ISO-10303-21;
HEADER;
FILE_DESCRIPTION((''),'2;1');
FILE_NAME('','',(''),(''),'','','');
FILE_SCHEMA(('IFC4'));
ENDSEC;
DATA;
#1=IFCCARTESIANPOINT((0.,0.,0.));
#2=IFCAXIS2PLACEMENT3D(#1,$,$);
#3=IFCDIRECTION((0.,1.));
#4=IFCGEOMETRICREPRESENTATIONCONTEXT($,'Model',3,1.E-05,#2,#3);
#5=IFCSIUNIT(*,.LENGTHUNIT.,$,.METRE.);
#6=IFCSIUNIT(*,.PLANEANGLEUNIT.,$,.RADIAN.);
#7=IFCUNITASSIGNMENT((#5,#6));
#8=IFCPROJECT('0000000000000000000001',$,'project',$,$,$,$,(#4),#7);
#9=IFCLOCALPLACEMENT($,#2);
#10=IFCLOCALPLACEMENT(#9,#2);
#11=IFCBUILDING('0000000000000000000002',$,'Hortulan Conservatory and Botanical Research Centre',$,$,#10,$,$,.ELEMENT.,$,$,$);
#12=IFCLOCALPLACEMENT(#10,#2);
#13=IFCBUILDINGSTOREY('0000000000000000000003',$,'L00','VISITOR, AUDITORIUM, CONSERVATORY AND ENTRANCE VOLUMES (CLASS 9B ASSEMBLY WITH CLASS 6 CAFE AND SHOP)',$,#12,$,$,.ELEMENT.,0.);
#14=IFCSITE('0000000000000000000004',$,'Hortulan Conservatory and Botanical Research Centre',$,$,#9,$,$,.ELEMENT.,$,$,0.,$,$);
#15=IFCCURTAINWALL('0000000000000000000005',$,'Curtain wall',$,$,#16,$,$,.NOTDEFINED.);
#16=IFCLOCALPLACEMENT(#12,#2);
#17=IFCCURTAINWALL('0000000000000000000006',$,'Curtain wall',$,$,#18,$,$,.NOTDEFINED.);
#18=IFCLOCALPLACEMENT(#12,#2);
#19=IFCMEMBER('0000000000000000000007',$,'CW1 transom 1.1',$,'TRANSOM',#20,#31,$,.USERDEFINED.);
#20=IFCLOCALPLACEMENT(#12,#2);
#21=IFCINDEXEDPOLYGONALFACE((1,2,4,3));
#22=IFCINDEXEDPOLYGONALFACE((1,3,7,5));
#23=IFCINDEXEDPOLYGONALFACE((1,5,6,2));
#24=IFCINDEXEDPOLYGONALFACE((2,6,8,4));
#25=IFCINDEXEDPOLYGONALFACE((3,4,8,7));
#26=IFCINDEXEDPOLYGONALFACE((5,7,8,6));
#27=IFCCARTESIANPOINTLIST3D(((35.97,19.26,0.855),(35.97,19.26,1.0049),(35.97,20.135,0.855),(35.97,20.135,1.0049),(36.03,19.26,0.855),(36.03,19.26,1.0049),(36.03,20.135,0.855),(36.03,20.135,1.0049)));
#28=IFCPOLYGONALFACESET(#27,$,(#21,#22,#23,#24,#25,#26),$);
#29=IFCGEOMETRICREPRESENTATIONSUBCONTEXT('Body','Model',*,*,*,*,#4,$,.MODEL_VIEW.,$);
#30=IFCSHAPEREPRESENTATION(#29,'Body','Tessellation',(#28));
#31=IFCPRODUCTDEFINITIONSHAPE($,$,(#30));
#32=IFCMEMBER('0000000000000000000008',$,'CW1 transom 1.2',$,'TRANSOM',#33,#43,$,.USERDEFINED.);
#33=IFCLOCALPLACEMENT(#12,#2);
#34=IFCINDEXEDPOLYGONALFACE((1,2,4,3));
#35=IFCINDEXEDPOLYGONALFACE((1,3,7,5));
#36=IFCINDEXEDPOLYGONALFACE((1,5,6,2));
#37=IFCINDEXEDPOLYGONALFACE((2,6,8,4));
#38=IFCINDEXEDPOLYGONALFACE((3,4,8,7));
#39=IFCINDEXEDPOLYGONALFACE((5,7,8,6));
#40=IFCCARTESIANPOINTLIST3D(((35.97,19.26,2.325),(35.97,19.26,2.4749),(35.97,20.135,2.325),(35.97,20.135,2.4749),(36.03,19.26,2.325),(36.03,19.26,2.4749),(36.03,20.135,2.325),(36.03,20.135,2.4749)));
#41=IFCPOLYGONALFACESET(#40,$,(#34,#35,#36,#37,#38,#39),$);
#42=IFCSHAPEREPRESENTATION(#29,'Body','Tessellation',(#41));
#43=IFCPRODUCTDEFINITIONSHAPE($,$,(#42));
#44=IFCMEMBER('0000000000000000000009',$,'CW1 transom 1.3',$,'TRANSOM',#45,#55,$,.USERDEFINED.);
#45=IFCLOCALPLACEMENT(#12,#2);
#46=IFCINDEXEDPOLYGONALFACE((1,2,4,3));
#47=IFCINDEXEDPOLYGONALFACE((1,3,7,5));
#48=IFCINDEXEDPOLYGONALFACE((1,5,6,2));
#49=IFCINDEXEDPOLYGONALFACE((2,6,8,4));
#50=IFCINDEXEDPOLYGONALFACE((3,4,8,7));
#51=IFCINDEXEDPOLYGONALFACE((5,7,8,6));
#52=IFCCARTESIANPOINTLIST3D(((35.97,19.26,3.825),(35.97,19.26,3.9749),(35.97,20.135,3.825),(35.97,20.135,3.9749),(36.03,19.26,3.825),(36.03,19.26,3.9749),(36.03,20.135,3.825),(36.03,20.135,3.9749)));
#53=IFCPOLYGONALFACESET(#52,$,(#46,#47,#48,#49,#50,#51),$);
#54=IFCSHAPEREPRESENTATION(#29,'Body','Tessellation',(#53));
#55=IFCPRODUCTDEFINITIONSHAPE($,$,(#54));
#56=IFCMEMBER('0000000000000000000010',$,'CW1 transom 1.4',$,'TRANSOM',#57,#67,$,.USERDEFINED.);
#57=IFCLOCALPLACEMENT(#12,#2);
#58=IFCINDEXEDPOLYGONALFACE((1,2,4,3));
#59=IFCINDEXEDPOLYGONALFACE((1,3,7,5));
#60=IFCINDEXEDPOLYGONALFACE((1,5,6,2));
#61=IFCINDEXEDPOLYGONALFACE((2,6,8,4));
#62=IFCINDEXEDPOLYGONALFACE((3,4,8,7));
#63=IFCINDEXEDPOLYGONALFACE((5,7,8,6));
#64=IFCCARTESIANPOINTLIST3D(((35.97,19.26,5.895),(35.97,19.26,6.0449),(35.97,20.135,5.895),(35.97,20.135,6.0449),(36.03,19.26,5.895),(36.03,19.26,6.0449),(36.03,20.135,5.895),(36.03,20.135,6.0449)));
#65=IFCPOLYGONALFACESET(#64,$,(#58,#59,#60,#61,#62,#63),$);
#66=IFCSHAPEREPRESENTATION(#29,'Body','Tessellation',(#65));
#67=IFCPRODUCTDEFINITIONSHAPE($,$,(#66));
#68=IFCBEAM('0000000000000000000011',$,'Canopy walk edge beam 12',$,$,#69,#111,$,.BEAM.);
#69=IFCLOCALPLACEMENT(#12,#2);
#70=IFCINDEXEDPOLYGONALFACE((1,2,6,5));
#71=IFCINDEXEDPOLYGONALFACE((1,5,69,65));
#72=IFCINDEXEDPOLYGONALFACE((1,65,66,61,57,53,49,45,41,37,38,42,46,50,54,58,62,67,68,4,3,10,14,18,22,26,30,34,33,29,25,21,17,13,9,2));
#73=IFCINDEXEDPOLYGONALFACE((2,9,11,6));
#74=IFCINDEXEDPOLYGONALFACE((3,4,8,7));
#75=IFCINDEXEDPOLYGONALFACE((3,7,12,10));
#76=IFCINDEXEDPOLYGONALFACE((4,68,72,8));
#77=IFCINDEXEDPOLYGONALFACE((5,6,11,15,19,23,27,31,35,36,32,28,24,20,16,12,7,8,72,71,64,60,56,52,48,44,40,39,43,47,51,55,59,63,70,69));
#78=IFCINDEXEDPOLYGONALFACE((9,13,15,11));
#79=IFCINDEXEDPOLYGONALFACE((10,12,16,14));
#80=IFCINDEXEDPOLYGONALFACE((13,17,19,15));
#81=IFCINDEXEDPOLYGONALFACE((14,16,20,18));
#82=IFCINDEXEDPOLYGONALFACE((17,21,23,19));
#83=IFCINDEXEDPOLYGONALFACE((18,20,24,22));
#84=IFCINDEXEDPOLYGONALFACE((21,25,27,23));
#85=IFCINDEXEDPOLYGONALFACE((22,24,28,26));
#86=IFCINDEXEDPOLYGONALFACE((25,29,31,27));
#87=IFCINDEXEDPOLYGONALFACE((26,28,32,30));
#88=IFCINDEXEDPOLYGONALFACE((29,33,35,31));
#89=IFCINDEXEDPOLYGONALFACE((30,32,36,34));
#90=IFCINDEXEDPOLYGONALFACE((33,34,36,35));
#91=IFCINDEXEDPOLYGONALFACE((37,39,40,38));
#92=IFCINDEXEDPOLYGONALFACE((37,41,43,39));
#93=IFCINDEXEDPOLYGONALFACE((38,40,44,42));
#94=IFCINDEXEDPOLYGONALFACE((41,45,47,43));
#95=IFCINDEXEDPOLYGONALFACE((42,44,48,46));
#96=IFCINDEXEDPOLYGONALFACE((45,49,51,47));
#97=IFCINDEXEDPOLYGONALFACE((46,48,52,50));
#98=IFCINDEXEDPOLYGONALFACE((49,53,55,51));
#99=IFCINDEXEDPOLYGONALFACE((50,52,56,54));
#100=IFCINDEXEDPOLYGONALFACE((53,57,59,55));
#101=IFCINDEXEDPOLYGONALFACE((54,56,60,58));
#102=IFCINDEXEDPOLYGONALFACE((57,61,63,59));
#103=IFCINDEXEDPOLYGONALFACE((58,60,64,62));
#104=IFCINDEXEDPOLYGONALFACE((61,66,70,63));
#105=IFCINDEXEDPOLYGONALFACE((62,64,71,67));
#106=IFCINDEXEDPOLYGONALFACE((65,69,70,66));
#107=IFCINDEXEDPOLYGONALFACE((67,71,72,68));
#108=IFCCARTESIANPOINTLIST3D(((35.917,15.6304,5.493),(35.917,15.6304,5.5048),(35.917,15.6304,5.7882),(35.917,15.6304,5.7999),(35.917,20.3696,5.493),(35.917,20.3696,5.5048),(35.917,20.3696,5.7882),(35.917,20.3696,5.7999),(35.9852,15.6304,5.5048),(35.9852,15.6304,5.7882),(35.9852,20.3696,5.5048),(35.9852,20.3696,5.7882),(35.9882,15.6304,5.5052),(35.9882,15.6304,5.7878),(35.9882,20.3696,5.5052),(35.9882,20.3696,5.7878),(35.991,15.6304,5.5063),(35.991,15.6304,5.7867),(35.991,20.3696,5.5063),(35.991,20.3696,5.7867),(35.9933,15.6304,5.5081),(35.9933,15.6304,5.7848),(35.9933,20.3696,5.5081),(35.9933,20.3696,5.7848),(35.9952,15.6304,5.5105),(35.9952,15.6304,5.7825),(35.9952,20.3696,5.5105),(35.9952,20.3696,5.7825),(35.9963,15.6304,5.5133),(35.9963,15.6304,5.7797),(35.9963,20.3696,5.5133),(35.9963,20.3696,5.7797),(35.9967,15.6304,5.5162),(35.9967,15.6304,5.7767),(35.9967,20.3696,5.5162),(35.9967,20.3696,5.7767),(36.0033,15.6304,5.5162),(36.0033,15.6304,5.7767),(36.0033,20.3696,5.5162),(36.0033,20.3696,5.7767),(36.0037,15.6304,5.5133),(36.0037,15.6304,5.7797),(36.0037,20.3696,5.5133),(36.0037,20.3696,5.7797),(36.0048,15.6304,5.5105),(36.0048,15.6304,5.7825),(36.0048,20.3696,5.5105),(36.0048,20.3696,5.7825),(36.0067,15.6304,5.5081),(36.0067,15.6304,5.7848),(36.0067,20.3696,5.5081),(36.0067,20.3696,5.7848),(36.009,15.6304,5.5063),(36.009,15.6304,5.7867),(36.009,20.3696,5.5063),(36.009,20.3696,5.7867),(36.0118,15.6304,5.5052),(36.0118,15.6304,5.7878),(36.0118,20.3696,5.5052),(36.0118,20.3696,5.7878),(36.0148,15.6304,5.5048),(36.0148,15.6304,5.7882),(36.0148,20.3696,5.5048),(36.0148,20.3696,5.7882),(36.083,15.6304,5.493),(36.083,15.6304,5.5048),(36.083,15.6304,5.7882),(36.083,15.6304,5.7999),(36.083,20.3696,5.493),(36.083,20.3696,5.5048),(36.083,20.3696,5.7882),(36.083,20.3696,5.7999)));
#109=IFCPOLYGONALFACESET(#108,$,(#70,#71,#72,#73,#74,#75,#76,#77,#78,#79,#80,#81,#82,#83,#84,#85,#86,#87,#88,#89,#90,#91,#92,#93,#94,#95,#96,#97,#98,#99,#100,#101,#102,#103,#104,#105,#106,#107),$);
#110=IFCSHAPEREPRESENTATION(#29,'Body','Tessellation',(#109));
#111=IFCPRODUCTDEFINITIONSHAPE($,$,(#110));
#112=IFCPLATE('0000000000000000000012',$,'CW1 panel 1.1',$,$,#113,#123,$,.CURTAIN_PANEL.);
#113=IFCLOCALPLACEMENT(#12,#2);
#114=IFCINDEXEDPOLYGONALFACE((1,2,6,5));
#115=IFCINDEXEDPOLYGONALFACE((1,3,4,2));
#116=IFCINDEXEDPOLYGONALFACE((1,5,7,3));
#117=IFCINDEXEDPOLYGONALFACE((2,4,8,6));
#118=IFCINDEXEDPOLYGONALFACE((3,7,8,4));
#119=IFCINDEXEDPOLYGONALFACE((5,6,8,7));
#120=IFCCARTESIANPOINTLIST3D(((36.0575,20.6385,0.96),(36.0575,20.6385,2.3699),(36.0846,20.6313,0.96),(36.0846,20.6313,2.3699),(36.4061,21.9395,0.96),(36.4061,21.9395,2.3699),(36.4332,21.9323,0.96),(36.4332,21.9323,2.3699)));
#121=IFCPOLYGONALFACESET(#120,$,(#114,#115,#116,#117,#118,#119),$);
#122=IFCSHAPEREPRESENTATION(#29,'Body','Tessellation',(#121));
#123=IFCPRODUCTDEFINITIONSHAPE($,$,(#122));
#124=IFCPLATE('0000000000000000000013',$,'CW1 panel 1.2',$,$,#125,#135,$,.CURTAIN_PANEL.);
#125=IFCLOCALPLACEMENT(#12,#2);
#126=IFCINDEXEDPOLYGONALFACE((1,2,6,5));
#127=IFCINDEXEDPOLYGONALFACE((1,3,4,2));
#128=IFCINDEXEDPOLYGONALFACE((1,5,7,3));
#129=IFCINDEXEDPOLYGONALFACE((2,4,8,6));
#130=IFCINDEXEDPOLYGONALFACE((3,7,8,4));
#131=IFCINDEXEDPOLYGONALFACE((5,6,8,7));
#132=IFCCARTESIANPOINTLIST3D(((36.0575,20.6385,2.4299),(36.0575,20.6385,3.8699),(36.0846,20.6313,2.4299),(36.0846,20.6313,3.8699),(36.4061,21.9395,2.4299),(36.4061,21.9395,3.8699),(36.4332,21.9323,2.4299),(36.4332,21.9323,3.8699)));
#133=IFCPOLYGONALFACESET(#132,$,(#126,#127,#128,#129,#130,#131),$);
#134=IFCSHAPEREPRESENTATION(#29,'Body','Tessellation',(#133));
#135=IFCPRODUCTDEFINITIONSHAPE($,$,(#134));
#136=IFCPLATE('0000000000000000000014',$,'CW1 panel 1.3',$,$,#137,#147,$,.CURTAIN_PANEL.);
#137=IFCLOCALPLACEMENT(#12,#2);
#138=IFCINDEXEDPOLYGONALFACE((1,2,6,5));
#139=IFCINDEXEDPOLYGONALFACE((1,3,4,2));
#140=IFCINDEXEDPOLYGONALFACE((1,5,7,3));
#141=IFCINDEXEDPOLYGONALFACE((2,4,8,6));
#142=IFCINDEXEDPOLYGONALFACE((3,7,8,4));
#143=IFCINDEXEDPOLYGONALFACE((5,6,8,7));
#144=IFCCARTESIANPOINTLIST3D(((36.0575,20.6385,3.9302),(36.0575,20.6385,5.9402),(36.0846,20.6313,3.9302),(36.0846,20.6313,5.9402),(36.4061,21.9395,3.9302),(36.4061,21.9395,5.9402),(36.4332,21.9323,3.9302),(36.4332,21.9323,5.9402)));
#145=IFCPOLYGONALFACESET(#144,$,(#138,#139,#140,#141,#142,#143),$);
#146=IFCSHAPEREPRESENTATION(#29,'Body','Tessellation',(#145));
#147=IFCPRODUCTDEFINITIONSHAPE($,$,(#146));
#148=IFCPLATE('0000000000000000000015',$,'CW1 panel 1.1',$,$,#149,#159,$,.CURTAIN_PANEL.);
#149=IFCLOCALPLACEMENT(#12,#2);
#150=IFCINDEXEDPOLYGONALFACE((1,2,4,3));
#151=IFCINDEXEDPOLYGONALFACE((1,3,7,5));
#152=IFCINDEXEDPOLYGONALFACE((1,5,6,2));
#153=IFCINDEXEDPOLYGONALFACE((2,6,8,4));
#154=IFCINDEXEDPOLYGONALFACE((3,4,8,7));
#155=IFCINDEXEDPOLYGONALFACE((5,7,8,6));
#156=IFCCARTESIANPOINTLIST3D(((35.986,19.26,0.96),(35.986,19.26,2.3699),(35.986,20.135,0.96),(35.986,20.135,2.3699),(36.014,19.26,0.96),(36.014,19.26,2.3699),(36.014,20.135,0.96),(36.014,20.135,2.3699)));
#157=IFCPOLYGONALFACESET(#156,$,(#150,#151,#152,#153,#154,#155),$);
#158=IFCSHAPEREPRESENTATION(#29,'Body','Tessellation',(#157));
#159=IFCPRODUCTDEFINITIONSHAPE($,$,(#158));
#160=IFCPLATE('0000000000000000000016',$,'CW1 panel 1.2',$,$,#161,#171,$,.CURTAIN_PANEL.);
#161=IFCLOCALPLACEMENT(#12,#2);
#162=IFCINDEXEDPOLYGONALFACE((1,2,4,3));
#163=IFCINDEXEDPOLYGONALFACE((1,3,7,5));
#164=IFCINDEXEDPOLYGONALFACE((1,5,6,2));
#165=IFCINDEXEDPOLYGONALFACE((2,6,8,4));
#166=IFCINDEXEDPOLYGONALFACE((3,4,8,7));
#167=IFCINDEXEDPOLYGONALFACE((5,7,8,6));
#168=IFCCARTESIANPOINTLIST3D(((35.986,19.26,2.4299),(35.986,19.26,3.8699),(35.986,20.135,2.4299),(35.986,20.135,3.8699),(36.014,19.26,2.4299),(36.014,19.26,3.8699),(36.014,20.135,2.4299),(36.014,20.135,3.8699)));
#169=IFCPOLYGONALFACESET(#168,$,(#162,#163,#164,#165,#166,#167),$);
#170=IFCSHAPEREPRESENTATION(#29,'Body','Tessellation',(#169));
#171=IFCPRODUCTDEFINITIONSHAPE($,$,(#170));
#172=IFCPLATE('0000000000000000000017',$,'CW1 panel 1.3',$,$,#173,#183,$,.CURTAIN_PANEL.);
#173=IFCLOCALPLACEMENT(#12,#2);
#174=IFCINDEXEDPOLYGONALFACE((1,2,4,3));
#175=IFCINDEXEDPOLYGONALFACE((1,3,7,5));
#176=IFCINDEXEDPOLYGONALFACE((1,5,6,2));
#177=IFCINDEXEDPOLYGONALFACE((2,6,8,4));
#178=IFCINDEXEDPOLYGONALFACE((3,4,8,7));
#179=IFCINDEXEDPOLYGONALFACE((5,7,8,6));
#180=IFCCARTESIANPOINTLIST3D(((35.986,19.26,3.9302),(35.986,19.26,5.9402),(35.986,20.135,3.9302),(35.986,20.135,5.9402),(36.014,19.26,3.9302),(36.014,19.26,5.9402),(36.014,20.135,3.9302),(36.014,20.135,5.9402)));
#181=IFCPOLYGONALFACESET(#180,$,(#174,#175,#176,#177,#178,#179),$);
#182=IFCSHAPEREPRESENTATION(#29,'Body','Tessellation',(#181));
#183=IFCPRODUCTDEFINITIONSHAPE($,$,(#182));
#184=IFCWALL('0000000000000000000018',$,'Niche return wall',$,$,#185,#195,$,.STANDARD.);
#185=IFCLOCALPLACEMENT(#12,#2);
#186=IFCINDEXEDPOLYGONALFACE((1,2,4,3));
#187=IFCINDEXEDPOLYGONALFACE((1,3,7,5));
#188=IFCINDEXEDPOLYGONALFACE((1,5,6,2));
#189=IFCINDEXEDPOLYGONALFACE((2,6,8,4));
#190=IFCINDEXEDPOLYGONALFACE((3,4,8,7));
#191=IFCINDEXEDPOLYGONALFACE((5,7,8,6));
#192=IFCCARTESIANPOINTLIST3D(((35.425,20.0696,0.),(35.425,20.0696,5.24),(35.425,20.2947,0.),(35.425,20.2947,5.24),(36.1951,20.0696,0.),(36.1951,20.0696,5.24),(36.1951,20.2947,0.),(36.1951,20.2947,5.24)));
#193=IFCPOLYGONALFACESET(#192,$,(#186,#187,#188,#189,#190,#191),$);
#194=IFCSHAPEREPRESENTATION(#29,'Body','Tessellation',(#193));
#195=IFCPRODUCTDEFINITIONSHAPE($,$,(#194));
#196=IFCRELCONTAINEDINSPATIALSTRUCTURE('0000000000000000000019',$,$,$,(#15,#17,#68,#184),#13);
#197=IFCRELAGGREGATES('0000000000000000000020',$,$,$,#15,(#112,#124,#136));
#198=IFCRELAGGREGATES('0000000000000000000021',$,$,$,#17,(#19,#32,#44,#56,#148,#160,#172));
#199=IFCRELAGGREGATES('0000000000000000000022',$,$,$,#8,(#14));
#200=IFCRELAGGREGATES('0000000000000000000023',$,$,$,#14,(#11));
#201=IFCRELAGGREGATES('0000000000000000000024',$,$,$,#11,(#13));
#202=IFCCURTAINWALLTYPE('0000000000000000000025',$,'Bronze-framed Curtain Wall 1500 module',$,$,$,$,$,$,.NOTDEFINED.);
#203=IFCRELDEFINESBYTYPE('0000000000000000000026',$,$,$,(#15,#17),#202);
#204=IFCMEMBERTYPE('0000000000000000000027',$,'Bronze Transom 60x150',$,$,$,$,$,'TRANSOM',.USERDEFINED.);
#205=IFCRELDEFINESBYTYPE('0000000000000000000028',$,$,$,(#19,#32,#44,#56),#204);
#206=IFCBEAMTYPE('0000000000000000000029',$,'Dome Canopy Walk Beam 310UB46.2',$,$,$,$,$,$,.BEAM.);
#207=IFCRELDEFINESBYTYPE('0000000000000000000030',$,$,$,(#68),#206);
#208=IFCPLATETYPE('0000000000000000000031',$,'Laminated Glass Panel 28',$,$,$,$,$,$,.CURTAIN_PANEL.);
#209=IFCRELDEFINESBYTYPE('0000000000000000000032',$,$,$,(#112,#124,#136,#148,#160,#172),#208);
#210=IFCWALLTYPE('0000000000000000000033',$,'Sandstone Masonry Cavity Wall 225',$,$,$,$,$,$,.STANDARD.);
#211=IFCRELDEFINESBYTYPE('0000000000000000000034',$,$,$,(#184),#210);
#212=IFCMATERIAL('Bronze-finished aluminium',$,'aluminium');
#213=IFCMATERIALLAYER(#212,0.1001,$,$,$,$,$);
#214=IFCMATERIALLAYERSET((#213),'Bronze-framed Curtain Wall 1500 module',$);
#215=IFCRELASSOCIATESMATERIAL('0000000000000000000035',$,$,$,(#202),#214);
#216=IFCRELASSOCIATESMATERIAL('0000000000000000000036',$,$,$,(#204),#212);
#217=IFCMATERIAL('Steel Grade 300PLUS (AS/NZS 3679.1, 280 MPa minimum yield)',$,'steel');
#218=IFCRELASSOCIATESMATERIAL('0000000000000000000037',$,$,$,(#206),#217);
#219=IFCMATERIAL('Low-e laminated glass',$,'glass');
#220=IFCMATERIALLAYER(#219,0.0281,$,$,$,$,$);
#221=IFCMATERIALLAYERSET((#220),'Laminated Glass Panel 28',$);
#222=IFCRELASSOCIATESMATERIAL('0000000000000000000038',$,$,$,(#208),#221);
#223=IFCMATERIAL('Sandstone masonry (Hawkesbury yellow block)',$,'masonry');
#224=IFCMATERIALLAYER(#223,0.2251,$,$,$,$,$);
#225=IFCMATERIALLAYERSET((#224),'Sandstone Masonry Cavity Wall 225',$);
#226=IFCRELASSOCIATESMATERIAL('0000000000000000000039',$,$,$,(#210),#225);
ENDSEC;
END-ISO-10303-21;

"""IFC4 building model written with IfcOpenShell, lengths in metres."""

from ifc_helpers import new_model, si_unit, direction, frame, frame_2d, origin, origin_2d, place, context, subcontext, project, spatial, rectangle, i_section, extrude, material, layer, layer_set, material_profile, profile_set, type_object, element, aggregate, save


model = new_model("IFC4")

# Units and contexts
model_context = context("Model", 3, precision=1e-05, world=origin(), true_north=direction((0.0, 1.0)))
body_context = subcontext(model_context, "Body", "Model", "MODEL_VIEW")
ifc_project = project(units=[si_unit("LENGTHUNIT", "METRE"), si_unit("PLANEANGLEUNIT", "RADIAN")], contexts=[model_context])

# Site, building, storey
site_placement = place(None, origin())
site = spatial("IfcSite", under=ifc_project, at=site_placement, Name="Hortulan Conservatory and Botanical Research Centre", CompositionType="ELEMENT", RefElevation=0.0)
building_placement = place(site_placement, origin())
building = spatial("IfcBuilding", under=site, at=building_placement, Name="Hortulan Conservatory and Botanical Research Centre", CompositionType="ELEMENT")
storey_placement = place(building_placement, origin())
storey = spatial("IfcBuildingStorey", under=building, at=storey_placement, Name="L00", Description="VISITOR, AUDITORIUM, CONSERVATORY AND ENTRANCE VOLUMES (CLASS 9B ASSEMBLY WITH CLASS 6 CAFE AND SHOP)", CompositionType="ELEMENT", Elevation=0.0)

# Curtain walls
ifc_material_1 = material(Name="Bronze-finished aluminium", Category="aluminium")
ifc_layer_1 = layer(ifc_material_1, 0.1001)
ifc_layer_set_1 = layer_set([ifc_layer_1], Name="Bronze-framed Curtain Wall 1500 module")
curtain_wall_type = type_object("IfcCurtainWallType", Name="Bronze-framed Curtain Wall 1500 module", PredefinedType="NOTDEFINED", material=ifc_layer_set_1)
curtain_wall_1_placement = place(storey_placement, origin())
curtain_wall_1 = element("IfcCurtainWall", 1, at=curtain_wall_1_placement, inside=storey, type_object=curtain_wall_type, Name="Curtain wall", PredefinedType="NOTDEFINED")
curtain_wall_2_placement = place(storey_placement, origin())
curtain_wall_2 = element("IfcCurtainWall", 2, at=curtain_wall_2_placement, inside=storey, type_object=curtain_wall_type, Name="Curtain wall", PredefinedType="NOTDEFINED")

# Members
ifc_material_profile_1 = material_profile(ifc_material_1, rectangle(XDim=0.0601, YDim=0.1499, at=origin_2d()), Name="Bronze Transom 60x150")
ifc_profile_set_1 = profile_set([ifc_material_profile_1], Name="Bronze-finished aluminium")
member_type_1 = type_object("IfcMemberType", Name="Bronze Transom 60x150", ElementType="TRANSOM", PredefinedType="USERDEFINED", material=ifc_profile_set_1)
member_1_placement = place(storey_placement, frame((36.0, 19.26, 0.9299), z_axis=(0.0, 1.0, 0.0), x_axis=(-1.0, 0.0, 0.0)))
member_1 = element("IfcMember", 3, at=member_1_placement, type_object=member_type_1, Name="CW1 transom 1.1", ObjectType="TRANSOM", PredefinedType="USERDEFINED", context=body_context, shape_type="SweptSolid", body=[
    extrude(rectangle(XDim=0.0601, YDim=0.1499, at=origin_2d()), origin(), (0.0, 0.0, 1.0), 0.875),
])
member_2_placement = place(storey_placement, frame((36.0, 19.26, 2.3999), z_axis=(0.0, 1.0, 0.0), x_axis=(-1.0, 0.0, 0.0)))
member_2 = element("IfcMember", 4, at=member_2_placement, type_object=member_type_1, Name="CW1 transom 1.2", ObjectType="TRANSOM", PredefinedType="USERDEFINED", context=body_context, shape_type="SweptSolid", body=[
    extrude(rectangle(XDim=0.0601, YDim=0.1499, at=origin_2d()), origin(), (0.0, 0.0, 1.0), 0.875),
])
member_3_placement = place(storey_placement, frame((36.0, 19.26, 3.8999), z_axis=(0.0, 1.0, 0.0), x_axis=(-1.0, 0.0, 0.0)))
member_3 = element("IfcMember", 5, at=member_3_placement, type_object=member_type_1, Name="CW1 transom 1.3", ObjectType="TRANSOM", PredefinedType="USERDEFINED", context=body_context, shape_type="SweptSolid", body=[
    extrude(rectangle(XDim=0.0601, YDim=0.1499, at=origin_2d()), origin(), (0.0, 0.0, 1.0), 0.875),
])
member_4_placement = place(storey_placement, frame((36.0, 19.26, 5.97), z_axis=(0.0, 1.0, 0.0), x_axis=(-1.0, 0.0, 0.0)))
member_4 = element("IfcMember", 6, at=member_4_placement, type_object=member_type_1, Name="CW1 transom 1.4", ObjectType="TRANSOM", PredefinedType="USERDEFINED", context=body_context, shape_type="SweptSolid", body=[
    extrude(rectangle(XDim=0.0601, YDim=0.1499, at=origin_2d()), origin(), (0.0, 0.0, 1.0), 0.875),
])

# Beam
ifc_material_2 = material(Name="Steel Grade 300PLUS (AS/NZS 3679.1, 280 MPa minimum yield)", Category="steel")
ifc_material_profile_2 = material_profile(ifc_material_2, i_section(OverallWidth=0.166, OverallDepth=0.3069, WebThickness=0.0066, FlangeThickness=0.0117, FilletRadius=0.0115, at=origin_2d()), Name="310UB46.2")
ifc_profile_set_2 = profile_set([ifc_material_profile_2], Name="Steel Grade 300PLUS (AS/NZS 3679.1, 280 MPa minimum yield)")
beam_type = type_object("IfcBeamType", Name="Dome Canopy Walk Beam 310UB46.2", PredefinedType="BEAM", material=ifc_profile_set_2)
beam_placement = place(storey_placement, frame((36.0, 20.3696, 5.6465), z_axis=(0.0, -1.0, 0.0), x_axis=(1.0, 0.0, 0.0)))
element("IfcBeam", 7, at=beam_placement, inside=storey, type_object=beam_type, Name="Canopy walk edge beam 12", PredefinedType="BEAM", context=body_context, shape_type="SweptSolid", body=[
    extrude(i_section(OverallWidth=0.166, OverallDepth=0.3069, WebThickness=0.0066, FlangeThickness=0.0117, FilletRadius=0.0115, at=origin_2d()), origin(), (0.0, 0.0, 1.0), 4.7393),
])

# Plates
ifc_material_3 = material(Name="Low-e laminated glass", Category="glass")
ifc_layer_2 = layer(ifc_material_3, 0.0281)
ifc_layer_set_2 = layer_set([ifc_layer_2], Name="Laminated Glass Panel 28")
plate_type = type_object("IfcPlateType", Name="Laminated Glass Panel 28", PredefinedType="CURTAIN_PANEL", material=ifc_layer_set_2)
plate_1_placement = place(storey_placement, frame((36.2454, 21.2854, 0.96), z_axis=(0.0, 0.0, 1.0), x_axis=(0.258832, 0.965922, 0.0)))
plate_1 = element("IfcPlate", 8, at=plate_1_placement, type_object=plate_type, Name="CW1 panel 1.1", PredefinedType="CURTAIN_PANEL", context=body_context, shape_type="SweptSolid", body=[
    extrude(rectangle(XDim=1.3469, YDim=0.0281, at=origin_2d()), origin(), (0.0, 0.0, 1.0), 1.4099),
])
plate_2_placement = place(storey_placement, frame((36.2454, 21.2854, 2.4299), z_axis=(0.0, 0.0, 1.0), x_axis=(0.258832, 0.965922, 0.0)))
plate_2 = element("IfcPlate", 9, at=plate_2_placement, type_object=plate_type, Name="CW1 panel 1.2", PredefinedType="CURTAIN_PANEL", context=body_context, shape_type="SweptSolid", body=[
    extrude(rectangle(XDim=1.3469, YDim=0.0281, at=origin_2d()), origin(), (0.0, 0.0, 1.0), 1.4399),
])
plate_3_placement = place(storey_placement, frame((36.2454, 21.2854, 3.9302), z_axis=(0.0, 0.0, 1.0), x_axis=(0.258832, 0.965922, 0.0)))
plate_3 = element("IfcPlate", 10, at=plate_3_placement, type_object=plate_type, Name="CW1 panel 1.3", PredefinedType="CURTAIN_PANEL", context=body_context, shape_type="SweptSolid", body=[
    extrude(rectangle(XDim=1.3469, YDim=0.0281, at=origin_2d()), origin(), (0.0, 0.0, 1.0), 2.01),
])
aggregate(curtain_wall_1, [plate_1, plate_2, plate_3])
plate_4_placement = place(storey_placement, frame((36.0, 19.6975, 0.96), z_axis=(0.0, 0.0, 1.0), x_axis=(0.0, 1.0, 0.0)))
plate_4 = element("IfcPlate", 11, at=plate_4_placement, type_object=plate_type, Name="CW1 panel 1.1", PredefinedType="CURTAIN_PANEL", context=body_context, shape_type="SweptSolid", body=[
    extrude(rectangle(XDim=0.875, YDim=0.0281, at=origin_2d()), origin(), (0.0, 0.0, 1.0), 1.4099),
])
plate_5_placement = place(storey_placement, frame((36.0, 19.6975, 2.4299), z_axis=(0.0, 0.0, 1.0), x_axis=(0.0, 1.0, 0.0)))
plate_5 = element("IfcPlate", 12, at=plate_5_placement, type_object=plate_type, Name="CW1 panel 1.2", PredefinedType="CURTAIN_PANEL", context=body_context, shape_type="SweptSolid", body=[
    extrude(rectangle(XDim=0.875, YDim=0.0281, at=origin_2d()), origin(), (0.0, 0.0, 1.0), 1.4399),
])
plate_6_placement = place(storey_placement, frame((36.0, 19.6975, 3.9302), z_axis=(0.0, 0.0, 1.0), x_axis=(0.0, 1.0, 0.0)))
plate_6 = element("IfcPlate", 13, at=plate_6_placement, type_object=plate_type, Name="CW1 panel 1.3", PredefinedType="CURTAIN_PANEL", context=body_context, shape_type="SweptSolid", body=[
    extrude(rectangle(XDim=0.875, YDim=0.0281, at=origin_2d()), origin(), (0.0, 0.0, 1.0), 2.01),
])
aggregate(curtain_wall_2, [member_1, member_2, member_3, member_4, plate_4, plate_5, plate_6])

# Wall
ifc_material_4 = material(Name="Sandstone masonry (Hawkesbury yellow block)", Category="masonry")
ifc_layer_3 = layer(ifc_material_4, 0.2251)
ifc_layer_set_3 = layer_set([ifc_layer_3], Name="Sandstone Masonry Cavity Wall 225")
wall_type_1 = type_object("IfcWallType", Name="Sandstone Masonry Cavity Wall 225", PredefinedType="STANDARD", material=ifc_layer_set_3)
wall_1_placement = place(storey_placement, frame((35.425, 20.1821, 0.0), z_axis=(0.0, 0.0, 1.0), x_axis=(1.0, 0.0, 0.0)))
element("IfcWall", 14, at=wall_1_placement, inside=storey, type_object=wall_type_1, Name="Niche return wall", PredefinedType="STANDARD", context=body_context, shape_type="SweptSolid", body=[
    extrude(rectangle(XDim=0.77, YDim=0.2251, at=frame_2d((0.385, 0.0))), origin(), (0.0, 0.0, 1.0), 5.24),
])

save(model, "model.ifc")
